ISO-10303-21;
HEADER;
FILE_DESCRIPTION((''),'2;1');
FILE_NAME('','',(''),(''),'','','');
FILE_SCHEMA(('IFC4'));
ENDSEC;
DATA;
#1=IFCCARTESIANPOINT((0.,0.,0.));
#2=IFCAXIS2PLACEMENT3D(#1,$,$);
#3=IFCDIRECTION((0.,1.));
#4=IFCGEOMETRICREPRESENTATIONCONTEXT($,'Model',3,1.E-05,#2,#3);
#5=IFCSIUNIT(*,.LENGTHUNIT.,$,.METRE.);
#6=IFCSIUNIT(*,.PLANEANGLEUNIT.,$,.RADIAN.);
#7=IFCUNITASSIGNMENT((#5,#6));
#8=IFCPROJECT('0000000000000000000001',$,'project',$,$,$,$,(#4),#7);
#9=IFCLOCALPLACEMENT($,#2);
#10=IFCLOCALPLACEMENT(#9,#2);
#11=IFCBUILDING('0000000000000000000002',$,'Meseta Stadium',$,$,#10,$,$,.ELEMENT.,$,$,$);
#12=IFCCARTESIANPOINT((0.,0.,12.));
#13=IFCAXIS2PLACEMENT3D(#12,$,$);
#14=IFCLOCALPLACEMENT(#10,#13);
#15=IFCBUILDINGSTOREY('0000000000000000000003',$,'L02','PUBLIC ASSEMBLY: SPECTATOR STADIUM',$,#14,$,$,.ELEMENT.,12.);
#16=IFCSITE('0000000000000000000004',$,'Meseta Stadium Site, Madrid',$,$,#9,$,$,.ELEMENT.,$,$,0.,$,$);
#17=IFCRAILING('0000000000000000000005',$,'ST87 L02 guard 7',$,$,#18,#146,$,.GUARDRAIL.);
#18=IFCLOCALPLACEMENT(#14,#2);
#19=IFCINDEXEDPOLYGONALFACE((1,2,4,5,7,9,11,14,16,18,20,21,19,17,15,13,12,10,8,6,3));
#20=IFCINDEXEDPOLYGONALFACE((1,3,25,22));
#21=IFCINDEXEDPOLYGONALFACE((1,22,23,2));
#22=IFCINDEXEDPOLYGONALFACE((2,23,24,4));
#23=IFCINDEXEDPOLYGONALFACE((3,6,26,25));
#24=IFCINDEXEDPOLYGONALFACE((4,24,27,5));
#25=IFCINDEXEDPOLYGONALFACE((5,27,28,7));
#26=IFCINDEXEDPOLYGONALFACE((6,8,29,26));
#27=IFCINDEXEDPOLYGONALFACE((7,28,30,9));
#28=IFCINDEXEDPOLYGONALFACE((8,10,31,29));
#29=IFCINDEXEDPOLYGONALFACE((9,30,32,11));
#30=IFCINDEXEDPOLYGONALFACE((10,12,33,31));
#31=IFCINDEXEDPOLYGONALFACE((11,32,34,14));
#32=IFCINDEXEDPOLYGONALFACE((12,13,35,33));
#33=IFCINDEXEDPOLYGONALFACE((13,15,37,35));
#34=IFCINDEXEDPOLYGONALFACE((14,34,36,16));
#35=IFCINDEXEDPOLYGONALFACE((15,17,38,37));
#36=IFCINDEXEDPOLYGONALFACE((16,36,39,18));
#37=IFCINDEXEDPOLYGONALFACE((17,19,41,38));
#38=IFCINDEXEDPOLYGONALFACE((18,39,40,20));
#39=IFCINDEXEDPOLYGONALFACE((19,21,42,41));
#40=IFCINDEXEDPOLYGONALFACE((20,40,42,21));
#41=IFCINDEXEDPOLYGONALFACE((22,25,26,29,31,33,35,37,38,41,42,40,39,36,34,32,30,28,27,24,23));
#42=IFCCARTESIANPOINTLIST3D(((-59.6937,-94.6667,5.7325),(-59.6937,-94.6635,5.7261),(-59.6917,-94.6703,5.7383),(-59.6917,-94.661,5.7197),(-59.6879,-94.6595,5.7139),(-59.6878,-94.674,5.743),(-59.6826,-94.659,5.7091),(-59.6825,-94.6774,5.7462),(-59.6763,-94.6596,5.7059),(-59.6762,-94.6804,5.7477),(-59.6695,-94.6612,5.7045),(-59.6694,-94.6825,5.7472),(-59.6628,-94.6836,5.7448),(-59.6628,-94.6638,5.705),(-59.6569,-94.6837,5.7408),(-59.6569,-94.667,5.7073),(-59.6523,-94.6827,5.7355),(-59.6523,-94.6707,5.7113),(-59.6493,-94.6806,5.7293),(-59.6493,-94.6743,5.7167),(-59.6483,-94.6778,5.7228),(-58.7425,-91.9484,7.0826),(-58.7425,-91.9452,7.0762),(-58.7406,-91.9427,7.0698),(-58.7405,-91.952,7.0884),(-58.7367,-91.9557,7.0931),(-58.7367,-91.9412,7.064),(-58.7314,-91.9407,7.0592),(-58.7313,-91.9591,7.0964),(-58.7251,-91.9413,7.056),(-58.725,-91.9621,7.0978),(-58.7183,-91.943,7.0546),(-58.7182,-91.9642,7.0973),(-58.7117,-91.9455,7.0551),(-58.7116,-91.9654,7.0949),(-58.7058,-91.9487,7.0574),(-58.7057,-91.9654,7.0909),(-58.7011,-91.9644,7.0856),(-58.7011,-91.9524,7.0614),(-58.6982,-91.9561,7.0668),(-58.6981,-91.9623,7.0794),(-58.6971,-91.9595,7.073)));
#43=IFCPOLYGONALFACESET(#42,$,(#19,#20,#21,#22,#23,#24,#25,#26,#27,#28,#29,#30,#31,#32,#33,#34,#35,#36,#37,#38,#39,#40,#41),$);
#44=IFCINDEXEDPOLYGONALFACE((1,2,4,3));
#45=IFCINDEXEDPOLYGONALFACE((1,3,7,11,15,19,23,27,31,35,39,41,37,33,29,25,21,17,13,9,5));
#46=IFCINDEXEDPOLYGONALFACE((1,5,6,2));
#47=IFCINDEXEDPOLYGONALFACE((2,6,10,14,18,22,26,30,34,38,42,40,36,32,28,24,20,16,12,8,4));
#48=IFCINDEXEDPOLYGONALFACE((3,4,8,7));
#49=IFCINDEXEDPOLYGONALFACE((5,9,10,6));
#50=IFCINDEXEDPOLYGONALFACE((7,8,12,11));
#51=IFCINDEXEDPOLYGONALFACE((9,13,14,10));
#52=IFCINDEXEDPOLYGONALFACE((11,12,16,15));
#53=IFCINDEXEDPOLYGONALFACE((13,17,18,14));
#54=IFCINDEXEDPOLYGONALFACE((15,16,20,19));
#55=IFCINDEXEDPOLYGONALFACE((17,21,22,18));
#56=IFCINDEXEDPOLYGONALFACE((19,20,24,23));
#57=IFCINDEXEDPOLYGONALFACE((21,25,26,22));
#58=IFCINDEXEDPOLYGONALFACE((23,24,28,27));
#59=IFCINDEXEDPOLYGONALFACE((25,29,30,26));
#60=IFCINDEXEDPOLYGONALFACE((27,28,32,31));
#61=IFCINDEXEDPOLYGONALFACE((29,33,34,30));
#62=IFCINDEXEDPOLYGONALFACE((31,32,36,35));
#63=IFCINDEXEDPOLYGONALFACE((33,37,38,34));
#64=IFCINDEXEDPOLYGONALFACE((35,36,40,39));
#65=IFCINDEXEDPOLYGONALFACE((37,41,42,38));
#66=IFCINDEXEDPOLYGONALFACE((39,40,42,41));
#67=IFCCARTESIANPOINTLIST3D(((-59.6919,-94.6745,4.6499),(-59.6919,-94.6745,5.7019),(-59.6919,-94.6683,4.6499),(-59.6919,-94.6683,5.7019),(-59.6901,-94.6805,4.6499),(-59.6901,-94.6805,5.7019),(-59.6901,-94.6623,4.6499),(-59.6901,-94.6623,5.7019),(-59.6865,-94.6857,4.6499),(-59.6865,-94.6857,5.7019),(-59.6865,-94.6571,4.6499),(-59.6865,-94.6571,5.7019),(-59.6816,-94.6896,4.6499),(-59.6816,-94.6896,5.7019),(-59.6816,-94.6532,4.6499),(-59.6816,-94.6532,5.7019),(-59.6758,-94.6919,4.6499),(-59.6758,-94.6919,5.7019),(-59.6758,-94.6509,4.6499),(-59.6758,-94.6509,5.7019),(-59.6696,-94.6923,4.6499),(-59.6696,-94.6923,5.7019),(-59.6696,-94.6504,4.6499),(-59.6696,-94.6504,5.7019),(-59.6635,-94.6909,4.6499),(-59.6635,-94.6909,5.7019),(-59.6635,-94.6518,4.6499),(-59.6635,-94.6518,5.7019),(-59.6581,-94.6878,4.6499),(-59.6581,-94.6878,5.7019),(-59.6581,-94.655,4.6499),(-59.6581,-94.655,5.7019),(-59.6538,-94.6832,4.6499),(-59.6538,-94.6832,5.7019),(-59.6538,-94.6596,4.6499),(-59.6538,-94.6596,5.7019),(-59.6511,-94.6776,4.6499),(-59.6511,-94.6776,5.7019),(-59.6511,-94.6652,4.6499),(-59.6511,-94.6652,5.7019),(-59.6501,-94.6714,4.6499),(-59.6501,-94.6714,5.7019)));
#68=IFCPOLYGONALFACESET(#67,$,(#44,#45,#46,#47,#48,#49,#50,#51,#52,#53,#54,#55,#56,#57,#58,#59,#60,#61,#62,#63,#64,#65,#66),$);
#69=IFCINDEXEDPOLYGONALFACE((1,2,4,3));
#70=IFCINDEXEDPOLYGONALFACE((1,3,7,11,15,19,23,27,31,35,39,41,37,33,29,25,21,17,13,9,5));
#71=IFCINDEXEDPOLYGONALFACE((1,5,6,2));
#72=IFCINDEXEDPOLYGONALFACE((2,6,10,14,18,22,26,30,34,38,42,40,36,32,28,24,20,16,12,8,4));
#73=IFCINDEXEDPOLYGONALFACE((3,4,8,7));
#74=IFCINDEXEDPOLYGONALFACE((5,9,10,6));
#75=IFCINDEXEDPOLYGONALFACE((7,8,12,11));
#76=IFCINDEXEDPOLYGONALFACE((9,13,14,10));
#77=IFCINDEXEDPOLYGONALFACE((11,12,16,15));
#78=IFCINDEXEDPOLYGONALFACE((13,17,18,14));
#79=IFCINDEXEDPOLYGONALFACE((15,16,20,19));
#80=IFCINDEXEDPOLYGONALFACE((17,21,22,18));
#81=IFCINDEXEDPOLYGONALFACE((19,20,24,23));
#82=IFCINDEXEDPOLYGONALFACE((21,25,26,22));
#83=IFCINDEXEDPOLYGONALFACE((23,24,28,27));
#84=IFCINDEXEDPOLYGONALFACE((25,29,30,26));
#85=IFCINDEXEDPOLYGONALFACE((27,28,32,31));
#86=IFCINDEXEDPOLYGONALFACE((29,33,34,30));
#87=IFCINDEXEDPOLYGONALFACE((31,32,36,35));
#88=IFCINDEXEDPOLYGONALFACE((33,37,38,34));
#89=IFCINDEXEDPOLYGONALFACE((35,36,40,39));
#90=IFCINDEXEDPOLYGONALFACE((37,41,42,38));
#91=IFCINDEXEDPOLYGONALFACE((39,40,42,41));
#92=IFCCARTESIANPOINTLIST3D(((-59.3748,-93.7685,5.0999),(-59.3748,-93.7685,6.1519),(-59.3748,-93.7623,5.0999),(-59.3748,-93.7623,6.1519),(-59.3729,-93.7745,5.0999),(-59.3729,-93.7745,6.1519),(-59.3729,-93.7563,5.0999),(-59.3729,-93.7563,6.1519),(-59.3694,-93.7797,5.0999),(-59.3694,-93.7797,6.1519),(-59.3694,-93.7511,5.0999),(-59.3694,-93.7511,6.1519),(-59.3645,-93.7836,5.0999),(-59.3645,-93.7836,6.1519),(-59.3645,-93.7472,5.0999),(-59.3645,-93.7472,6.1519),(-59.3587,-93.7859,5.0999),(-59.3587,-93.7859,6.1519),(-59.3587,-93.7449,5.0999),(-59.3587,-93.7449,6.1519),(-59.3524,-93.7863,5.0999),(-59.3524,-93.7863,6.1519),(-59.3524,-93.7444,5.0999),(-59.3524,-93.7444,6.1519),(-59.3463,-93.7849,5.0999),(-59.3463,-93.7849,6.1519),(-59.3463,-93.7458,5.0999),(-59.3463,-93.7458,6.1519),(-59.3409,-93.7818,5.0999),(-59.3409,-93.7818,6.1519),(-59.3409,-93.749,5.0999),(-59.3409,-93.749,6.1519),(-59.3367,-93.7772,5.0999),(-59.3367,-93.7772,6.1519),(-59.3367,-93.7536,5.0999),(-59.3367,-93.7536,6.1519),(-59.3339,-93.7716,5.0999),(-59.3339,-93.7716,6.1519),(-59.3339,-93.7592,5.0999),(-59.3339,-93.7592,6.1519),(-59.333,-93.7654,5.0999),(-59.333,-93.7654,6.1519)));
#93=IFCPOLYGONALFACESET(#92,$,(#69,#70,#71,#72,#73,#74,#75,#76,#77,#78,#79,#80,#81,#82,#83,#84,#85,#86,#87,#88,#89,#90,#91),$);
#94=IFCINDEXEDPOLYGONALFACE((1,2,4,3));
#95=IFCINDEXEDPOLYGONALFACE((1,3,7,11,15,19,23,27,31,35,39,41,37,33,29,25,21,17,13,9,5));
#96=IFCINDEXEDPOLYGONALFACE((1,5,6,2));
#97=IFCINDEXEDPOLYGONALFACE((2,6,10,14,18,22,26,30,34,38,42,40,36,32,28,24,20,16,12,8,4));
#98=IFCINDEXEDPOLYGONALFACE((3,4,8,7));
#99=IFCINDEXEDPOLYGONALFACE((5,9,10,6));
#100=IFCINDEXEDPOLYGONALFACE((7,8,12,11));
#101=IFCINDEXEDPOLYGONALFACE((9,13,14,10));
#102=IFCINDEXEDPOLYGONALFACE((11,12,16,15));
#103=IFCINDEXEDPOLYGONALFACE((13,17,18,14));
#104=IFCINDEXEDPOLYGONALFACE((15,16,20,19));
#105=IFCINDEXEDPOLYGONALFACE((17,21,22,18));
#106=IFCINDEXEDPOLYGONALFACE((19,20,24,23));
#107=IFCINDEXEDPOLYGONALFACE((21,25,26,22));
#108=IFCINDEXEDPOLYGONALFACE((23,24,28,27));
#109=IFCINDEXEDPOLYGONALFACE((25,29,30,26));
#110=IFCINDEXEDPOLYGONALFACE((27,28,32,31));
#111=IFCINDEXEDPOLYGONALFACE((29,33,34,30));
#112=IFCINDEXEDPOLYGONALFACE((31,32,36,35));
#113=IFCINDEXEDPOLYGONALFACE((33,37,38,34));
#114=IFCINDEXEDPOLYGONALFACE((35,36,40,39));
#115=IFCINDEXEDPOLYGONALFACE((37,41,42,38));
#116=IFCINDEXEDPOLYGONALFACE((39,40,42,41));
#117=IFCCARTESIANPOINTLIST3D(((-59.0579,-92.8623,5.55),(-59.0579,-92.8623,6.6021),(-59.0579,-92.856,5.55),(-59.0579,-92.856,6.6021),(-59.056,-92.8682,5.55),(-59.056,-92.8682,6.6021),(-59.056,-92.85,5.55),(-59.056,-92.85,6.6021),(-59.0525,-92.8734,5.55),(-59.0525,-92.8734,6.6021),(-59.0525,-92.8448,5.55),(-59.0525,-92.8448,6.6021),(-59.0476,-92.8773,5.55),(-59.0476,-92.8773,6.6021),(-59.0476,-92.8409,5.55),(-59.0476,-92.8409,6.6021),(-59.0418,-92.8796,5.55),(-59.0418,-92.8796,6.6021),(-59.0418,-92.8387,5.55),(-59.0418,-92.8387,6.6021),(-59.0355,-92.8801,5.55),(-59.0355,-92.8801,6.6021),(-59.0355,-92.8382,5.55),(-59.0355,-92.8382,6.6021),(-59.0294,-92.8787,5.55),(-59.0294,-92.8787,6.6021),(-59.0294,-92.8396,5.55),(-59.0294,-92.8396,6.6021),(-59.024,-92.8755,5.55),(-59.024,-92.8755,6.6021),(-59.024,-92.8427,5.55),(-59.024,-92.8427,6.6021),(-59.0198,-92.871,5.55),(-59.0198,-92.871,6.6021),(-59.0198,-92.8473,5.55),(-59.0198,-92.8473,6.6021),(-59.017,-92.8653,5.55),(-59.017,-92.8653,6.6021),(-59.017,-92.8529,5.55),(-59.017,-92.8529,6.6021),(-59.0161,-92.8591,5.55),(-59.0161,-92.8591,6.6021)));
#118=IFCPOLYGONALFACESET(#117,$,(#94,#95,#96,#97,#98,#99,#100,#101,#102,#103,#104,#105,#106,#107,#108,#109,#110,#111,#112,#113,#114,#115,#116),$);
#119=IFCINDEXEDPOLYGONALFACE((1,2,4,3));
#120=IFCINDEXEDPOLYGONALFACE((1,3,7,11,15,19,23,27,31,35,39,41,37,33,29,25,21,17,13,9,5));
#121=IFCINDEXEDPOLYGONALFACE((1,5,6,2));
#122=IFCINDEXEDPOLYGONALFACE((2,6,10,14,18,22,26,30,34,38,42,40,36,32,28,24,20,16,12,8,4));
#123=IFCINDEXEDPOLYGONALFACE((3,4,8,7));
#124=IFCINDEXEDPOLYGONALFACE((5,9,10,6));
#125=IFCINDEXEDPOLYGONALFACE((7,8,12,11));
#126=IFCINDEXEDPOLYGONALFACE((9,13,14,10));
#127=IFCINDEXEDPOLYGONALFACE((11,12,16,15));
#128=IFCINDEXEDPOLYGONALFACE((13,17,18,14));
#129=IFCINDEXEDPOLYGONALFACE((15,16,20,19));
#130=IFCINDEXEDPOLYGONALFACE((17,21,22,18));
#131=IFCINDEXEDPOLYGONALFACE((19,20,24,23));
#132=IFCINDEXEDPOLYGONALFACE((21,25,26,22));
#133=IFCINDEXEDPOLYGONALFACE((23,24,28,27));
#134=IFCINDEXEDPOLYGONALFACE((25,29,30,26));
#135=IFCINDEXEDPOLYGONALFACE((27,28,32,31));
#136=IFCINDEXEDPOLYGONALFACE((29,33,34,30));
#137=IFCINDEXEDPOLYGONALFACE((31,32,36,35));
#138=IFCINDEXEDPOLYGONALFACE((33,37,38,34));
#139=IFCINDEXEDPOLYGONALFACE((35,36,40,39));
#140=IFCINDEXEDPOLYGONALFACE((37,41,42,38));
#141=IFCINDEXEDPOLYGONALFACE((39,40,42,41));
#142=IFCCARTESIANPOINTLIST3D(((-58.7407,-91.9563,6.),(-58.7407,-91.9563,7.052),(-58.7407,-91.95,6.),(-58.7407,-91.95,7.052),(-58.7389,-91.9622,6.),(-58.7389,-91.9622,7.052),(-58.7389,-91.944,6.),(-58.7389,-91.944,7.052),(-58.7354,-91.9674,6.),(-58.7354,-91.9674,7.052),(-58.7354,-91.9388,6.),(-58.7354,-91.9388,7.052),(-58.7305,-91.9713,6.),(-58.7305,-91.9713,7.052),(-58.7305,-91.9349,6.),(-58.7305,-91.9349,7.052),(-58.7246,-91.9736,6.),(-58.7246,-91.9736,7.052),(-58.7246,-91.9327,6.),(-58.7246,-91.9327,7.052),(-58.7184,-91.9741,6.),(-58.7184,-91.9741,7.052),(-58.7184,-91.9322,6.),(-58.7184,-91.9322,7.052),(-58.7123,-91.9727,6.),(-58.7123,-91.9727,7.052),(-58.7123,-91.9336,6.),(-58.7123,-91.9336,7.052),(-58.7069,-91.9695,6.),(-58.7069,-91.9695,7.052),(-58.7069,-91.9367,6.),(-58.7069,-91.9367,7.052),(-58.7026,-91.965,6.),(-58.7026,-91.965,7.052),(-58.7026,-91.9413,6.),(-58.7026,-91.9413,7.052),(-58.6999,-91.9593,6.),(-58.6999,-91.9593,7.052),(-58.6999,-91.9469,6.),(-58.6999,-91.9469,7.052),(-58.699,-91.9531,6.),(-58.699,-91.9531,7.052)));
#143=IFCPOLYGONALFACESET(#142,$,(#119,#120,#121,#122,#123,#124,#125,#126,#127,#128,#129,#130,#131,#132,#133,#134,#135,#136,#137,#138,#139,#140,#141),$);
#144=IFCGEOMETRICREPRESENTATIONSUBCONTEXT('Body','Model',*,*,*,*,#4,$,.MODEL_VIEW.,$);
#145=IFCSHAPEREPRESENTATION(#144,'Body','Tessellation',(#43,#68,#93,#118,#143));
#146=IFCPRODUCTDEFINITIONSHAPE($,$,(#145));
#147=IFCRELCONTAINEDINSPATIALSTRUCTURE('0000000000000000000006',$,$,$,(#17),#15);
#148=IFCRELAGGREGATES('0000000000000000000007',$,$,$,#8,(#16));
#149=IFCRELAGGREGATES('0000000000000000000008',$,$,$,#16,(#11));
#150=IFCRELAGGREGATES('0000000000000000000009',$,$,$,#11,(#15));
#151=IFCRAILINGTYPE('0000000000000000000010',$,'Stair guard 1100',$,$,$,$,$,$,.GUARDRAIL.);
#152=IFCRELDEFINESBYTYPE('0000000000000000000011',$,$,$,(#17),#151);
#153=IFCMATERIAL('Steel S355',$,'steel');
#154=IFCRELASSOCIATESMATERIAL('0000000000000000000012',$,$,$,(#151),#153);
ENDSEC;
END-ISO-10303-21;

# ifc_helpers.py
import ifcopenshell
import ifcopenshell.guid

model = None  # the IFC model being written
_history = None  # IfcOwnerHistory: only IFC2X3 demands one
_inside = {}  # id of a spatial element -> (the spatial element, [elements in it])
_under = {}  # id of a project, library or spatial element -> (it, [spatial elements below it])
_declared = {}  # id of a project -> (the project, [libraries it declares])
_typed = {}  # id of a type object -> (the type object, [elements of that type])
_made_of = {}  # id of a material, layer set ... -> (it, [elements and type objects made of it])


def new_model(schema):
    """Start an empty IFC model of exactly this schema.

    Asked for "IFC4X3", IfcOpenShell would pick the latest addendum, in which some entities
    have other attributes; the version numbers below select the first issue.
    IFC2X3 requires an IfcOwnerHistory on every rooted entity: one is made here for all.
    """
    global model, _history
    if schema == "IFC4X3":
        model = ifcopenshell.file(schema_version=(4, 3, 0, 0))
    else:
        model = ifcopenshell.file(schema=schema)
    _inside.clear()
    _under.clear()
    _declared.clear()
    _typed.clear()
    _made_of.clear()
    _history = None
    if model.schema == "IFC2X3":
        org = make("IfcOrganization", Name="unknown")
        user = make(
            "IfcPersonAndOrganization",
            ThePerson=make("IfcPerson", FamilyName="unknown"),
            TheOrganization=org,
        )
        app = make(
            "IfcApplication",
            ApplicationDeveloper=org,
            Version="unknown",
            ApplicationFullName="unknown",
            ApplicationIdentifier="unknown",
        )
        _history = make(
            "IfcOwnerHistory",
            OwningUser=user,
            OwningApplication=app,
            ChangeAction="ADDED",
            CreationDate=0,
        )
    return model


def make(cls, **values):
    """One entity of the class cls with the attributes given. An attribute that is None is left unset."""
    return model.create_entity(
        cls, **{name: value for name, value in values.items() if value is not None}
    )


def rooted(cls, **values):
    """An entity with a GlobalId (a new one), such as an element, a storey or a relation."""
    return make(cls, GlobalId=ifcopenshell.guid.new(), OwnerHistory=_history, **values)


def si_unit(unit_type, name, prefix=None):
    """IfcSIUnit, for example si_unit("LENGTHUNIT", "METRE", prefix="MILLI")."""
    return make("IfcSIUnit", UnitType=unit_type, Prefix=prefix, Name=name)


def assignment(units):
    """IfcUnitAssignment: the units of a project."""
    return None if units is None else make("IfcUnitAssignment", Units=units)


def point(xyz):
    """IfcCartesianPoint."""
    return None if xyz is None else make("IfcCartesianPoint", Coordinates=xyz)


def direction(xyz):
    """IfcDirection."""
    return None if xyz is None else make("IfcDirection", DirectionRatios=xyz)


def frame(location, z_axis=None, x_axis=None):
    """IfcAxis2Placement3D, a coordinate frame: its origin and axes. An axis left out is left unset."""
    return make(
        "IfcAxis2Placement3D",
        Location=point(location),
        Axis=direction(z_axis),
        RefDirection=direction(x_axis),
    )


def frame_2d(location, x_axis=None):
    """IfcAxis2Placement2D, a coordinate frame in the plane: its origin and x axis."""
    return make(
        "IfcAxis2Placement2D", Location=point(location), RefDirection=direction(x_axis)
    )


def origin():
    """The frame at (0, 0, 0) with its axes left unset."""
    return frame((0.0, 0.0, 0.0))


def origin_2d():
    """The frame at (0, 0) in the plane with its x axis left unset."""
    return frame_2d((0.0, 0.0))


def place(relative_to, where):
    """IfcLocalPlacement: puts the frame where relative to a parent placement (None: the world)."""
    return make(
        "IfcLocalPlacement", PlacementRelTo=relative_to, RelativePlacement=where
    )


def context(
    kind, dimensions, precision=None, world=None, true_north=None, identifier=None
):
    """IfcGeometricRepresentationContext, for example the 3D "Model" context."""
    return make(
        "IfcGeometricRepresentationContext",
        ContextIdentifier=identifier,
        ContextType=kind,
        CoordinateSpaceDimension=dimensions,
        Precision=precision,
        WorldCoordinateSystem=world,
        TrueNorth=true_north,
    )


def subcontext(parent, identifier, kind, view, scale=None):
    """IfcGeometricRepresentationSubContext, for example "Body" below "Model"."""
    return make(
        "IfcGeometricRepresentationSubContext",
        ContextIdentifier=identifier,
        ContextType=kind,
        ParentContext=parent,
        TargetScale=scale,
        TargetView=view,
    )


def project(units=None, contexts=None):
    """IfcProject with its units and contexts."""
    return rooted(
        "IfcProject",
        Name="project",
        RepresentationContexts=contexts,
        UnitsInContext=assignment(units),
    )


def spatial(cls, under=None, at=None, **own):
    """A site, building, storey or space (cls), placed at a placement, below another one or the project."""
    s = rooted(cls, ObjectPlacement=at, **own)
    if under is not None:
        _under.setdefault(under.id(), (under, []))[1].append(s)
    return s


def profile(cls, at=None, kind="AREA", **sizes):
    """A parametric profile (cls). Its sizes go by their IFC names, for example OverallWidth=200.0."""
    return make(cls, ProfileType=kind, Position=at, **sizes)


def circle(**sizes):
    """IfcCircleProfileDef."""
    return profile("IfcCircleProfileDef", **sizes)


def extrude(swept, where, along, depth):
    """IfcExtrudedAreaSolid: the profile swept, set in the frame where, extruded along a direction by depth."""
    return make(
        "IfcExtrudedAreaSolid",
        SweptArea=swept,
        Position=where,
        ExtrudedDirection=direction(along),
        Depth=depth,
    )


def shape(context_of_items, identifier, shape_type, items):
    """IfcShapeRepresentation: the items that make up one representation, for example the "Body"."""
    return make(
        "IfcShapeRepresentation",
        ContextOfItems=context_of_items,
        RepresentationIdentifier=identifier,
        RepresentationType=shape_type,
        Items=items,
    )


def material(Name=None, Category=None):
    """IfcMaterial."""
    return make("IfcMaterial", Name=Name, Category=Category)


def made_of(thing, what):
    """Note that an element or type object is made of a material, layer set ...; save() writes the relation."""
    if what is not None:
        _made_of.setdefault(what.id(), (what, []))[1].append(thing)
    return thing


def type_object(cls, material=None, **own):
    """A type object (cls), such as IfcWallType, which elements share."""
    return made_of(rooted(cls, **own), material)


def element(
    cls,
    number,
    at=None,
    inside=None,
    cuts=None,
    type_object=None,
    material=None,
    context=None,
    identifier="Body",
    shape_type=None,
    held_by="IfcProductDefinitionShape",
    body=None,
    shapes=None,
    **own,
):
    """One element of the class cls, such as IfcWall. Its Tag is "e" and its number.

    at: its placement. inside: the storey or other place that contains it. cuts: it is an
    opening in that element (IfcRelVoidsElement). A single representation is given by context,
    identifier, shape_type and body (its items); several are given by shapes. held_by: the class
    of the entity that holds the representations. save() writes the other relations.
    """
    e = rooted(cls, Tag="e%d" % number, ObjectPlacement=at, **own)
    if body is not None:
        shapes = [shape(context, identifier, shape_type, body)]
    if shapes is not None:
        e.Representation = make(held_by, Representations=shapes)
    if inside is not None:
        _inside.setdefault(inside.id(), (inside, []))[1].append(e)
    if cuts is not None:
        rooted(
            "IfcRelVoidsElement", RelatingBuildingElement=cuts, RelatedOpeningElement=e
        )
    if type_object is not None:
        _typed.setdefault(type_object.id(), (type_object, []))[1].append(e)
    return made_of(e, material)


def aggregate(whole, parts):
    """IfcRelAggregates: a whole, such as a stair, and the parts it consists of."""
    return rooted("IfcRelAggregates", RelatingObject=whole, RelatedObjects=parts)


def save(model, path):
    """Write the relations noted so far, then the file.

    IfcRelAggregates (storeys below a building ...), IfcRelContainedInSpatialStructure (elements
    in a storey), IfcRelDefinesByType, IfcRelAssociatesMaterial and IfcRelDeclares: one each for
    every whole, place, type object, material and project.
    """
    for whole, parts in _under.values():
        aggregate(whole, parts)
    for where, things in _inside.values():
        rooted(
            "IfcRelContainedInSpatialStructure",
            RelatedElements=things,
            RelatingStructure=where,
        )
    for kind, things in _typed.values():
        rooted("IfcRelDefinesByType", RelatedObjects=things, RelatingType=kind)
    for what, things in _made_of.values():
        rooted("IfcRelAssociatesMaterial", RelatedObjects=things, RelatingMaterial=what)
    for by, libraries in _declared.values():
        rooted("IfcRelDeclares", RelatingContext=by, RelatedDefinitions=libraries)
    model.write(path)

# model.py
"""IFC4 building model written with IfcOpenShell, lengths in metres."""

from ifc_helpers import new_model, si_unit, direction, frame, origin, origin_2d, place, context, subcontext, project, spatial, circle, extrude, material, type_object, element, save


model = new_model("IFC4")

# Units and contexts
model_context = context("Model", 3, precision=1e-05, world=origin(), true_north=direction((0.0, 1.0)))
body_context = subcontext(model_context, "Body", "Model", "MODEL_VIEW")
ifc_project = project(units=[si_unit("LENGTHUNIT", "METRE"), si_unit("PLANEANGLEUNIT", "RADIAN")], contexts=[model_context])

# Site, building, storey
site_placement = place(None, origin())
site = spatial("IfcSite", under=ifc_project, at=site_placement, Name="Meseta Stadium Site, Madrid", CompositionType="ELEMENT", RefElevation=0.0)
building_placement = place(site_placement, origin())
building = spatial("IfcBuilding", under=site, at=building_placement, Name="Meseta Stadium", CompositionType="ELEMENT")
storey_placement = place(building_placement, frame((0.0, 0.0, 12.0)))
storey = spatial("IfcBuildingStorey", under=building, at=storey_placement, Name="L02", Description="PUBLIC ASSEMBLY: SPECTATOR STADIUM", CompositionType="ELEMENT", Elevation=12.0)

# Railing
ifc_material_1 = material(Name="Steel S355", Category="steel")
railing_type_1 = type_object("IfcRailingType", Name="Stair guard 1100", PredefinedType="GUARDRAIL", material=ifc_material_1)
railing_1_placement = place(storey_placement, frame((-59.6711, -94.6714, 4.6499)))
element("IfcRailing", 1, at=railing_1_placement, inside=storey, type_object=railing_type_1, Name="ST87 L02 guard 7", PredefinedType="GUARDRAIL", context=body_context, shape_type="SweptSolid", body=[
    extrude(circle(Radius=0.0239, at=origin_2d()), frame((0.0, 0.0, 1.0762), z_axis=(0.299051, 0.854629, 0.424474), x_axis=(-0.943882, 0.330282, 0.0)), (0.0, 0.0, 1.0), 3.1807),
    extrude(circle(Radius=0.021, at=origin_2d()), origin(), (0.0, 0.0, 1.0), 1.052),
    extrude(circle(Radius=0.021, at=origin_2d()), frame((0.3171, 0.906, 0.45)), (0.0, 0.0, 1.0), 1.052),
    extrude(circle(Radius=0.021, at=origin_2d()), frame((0.634, 1.8123, 0.9001)), (0.0, 0.0, 1.0), 1.052),
    extrude(circle(Radius=0.021, at=origin_2d()), frame((0.9512, 2.7183, 1.3501)), (0.0, 0.0, 1.0), 1.052),
])

save(model, "model.ifc")
